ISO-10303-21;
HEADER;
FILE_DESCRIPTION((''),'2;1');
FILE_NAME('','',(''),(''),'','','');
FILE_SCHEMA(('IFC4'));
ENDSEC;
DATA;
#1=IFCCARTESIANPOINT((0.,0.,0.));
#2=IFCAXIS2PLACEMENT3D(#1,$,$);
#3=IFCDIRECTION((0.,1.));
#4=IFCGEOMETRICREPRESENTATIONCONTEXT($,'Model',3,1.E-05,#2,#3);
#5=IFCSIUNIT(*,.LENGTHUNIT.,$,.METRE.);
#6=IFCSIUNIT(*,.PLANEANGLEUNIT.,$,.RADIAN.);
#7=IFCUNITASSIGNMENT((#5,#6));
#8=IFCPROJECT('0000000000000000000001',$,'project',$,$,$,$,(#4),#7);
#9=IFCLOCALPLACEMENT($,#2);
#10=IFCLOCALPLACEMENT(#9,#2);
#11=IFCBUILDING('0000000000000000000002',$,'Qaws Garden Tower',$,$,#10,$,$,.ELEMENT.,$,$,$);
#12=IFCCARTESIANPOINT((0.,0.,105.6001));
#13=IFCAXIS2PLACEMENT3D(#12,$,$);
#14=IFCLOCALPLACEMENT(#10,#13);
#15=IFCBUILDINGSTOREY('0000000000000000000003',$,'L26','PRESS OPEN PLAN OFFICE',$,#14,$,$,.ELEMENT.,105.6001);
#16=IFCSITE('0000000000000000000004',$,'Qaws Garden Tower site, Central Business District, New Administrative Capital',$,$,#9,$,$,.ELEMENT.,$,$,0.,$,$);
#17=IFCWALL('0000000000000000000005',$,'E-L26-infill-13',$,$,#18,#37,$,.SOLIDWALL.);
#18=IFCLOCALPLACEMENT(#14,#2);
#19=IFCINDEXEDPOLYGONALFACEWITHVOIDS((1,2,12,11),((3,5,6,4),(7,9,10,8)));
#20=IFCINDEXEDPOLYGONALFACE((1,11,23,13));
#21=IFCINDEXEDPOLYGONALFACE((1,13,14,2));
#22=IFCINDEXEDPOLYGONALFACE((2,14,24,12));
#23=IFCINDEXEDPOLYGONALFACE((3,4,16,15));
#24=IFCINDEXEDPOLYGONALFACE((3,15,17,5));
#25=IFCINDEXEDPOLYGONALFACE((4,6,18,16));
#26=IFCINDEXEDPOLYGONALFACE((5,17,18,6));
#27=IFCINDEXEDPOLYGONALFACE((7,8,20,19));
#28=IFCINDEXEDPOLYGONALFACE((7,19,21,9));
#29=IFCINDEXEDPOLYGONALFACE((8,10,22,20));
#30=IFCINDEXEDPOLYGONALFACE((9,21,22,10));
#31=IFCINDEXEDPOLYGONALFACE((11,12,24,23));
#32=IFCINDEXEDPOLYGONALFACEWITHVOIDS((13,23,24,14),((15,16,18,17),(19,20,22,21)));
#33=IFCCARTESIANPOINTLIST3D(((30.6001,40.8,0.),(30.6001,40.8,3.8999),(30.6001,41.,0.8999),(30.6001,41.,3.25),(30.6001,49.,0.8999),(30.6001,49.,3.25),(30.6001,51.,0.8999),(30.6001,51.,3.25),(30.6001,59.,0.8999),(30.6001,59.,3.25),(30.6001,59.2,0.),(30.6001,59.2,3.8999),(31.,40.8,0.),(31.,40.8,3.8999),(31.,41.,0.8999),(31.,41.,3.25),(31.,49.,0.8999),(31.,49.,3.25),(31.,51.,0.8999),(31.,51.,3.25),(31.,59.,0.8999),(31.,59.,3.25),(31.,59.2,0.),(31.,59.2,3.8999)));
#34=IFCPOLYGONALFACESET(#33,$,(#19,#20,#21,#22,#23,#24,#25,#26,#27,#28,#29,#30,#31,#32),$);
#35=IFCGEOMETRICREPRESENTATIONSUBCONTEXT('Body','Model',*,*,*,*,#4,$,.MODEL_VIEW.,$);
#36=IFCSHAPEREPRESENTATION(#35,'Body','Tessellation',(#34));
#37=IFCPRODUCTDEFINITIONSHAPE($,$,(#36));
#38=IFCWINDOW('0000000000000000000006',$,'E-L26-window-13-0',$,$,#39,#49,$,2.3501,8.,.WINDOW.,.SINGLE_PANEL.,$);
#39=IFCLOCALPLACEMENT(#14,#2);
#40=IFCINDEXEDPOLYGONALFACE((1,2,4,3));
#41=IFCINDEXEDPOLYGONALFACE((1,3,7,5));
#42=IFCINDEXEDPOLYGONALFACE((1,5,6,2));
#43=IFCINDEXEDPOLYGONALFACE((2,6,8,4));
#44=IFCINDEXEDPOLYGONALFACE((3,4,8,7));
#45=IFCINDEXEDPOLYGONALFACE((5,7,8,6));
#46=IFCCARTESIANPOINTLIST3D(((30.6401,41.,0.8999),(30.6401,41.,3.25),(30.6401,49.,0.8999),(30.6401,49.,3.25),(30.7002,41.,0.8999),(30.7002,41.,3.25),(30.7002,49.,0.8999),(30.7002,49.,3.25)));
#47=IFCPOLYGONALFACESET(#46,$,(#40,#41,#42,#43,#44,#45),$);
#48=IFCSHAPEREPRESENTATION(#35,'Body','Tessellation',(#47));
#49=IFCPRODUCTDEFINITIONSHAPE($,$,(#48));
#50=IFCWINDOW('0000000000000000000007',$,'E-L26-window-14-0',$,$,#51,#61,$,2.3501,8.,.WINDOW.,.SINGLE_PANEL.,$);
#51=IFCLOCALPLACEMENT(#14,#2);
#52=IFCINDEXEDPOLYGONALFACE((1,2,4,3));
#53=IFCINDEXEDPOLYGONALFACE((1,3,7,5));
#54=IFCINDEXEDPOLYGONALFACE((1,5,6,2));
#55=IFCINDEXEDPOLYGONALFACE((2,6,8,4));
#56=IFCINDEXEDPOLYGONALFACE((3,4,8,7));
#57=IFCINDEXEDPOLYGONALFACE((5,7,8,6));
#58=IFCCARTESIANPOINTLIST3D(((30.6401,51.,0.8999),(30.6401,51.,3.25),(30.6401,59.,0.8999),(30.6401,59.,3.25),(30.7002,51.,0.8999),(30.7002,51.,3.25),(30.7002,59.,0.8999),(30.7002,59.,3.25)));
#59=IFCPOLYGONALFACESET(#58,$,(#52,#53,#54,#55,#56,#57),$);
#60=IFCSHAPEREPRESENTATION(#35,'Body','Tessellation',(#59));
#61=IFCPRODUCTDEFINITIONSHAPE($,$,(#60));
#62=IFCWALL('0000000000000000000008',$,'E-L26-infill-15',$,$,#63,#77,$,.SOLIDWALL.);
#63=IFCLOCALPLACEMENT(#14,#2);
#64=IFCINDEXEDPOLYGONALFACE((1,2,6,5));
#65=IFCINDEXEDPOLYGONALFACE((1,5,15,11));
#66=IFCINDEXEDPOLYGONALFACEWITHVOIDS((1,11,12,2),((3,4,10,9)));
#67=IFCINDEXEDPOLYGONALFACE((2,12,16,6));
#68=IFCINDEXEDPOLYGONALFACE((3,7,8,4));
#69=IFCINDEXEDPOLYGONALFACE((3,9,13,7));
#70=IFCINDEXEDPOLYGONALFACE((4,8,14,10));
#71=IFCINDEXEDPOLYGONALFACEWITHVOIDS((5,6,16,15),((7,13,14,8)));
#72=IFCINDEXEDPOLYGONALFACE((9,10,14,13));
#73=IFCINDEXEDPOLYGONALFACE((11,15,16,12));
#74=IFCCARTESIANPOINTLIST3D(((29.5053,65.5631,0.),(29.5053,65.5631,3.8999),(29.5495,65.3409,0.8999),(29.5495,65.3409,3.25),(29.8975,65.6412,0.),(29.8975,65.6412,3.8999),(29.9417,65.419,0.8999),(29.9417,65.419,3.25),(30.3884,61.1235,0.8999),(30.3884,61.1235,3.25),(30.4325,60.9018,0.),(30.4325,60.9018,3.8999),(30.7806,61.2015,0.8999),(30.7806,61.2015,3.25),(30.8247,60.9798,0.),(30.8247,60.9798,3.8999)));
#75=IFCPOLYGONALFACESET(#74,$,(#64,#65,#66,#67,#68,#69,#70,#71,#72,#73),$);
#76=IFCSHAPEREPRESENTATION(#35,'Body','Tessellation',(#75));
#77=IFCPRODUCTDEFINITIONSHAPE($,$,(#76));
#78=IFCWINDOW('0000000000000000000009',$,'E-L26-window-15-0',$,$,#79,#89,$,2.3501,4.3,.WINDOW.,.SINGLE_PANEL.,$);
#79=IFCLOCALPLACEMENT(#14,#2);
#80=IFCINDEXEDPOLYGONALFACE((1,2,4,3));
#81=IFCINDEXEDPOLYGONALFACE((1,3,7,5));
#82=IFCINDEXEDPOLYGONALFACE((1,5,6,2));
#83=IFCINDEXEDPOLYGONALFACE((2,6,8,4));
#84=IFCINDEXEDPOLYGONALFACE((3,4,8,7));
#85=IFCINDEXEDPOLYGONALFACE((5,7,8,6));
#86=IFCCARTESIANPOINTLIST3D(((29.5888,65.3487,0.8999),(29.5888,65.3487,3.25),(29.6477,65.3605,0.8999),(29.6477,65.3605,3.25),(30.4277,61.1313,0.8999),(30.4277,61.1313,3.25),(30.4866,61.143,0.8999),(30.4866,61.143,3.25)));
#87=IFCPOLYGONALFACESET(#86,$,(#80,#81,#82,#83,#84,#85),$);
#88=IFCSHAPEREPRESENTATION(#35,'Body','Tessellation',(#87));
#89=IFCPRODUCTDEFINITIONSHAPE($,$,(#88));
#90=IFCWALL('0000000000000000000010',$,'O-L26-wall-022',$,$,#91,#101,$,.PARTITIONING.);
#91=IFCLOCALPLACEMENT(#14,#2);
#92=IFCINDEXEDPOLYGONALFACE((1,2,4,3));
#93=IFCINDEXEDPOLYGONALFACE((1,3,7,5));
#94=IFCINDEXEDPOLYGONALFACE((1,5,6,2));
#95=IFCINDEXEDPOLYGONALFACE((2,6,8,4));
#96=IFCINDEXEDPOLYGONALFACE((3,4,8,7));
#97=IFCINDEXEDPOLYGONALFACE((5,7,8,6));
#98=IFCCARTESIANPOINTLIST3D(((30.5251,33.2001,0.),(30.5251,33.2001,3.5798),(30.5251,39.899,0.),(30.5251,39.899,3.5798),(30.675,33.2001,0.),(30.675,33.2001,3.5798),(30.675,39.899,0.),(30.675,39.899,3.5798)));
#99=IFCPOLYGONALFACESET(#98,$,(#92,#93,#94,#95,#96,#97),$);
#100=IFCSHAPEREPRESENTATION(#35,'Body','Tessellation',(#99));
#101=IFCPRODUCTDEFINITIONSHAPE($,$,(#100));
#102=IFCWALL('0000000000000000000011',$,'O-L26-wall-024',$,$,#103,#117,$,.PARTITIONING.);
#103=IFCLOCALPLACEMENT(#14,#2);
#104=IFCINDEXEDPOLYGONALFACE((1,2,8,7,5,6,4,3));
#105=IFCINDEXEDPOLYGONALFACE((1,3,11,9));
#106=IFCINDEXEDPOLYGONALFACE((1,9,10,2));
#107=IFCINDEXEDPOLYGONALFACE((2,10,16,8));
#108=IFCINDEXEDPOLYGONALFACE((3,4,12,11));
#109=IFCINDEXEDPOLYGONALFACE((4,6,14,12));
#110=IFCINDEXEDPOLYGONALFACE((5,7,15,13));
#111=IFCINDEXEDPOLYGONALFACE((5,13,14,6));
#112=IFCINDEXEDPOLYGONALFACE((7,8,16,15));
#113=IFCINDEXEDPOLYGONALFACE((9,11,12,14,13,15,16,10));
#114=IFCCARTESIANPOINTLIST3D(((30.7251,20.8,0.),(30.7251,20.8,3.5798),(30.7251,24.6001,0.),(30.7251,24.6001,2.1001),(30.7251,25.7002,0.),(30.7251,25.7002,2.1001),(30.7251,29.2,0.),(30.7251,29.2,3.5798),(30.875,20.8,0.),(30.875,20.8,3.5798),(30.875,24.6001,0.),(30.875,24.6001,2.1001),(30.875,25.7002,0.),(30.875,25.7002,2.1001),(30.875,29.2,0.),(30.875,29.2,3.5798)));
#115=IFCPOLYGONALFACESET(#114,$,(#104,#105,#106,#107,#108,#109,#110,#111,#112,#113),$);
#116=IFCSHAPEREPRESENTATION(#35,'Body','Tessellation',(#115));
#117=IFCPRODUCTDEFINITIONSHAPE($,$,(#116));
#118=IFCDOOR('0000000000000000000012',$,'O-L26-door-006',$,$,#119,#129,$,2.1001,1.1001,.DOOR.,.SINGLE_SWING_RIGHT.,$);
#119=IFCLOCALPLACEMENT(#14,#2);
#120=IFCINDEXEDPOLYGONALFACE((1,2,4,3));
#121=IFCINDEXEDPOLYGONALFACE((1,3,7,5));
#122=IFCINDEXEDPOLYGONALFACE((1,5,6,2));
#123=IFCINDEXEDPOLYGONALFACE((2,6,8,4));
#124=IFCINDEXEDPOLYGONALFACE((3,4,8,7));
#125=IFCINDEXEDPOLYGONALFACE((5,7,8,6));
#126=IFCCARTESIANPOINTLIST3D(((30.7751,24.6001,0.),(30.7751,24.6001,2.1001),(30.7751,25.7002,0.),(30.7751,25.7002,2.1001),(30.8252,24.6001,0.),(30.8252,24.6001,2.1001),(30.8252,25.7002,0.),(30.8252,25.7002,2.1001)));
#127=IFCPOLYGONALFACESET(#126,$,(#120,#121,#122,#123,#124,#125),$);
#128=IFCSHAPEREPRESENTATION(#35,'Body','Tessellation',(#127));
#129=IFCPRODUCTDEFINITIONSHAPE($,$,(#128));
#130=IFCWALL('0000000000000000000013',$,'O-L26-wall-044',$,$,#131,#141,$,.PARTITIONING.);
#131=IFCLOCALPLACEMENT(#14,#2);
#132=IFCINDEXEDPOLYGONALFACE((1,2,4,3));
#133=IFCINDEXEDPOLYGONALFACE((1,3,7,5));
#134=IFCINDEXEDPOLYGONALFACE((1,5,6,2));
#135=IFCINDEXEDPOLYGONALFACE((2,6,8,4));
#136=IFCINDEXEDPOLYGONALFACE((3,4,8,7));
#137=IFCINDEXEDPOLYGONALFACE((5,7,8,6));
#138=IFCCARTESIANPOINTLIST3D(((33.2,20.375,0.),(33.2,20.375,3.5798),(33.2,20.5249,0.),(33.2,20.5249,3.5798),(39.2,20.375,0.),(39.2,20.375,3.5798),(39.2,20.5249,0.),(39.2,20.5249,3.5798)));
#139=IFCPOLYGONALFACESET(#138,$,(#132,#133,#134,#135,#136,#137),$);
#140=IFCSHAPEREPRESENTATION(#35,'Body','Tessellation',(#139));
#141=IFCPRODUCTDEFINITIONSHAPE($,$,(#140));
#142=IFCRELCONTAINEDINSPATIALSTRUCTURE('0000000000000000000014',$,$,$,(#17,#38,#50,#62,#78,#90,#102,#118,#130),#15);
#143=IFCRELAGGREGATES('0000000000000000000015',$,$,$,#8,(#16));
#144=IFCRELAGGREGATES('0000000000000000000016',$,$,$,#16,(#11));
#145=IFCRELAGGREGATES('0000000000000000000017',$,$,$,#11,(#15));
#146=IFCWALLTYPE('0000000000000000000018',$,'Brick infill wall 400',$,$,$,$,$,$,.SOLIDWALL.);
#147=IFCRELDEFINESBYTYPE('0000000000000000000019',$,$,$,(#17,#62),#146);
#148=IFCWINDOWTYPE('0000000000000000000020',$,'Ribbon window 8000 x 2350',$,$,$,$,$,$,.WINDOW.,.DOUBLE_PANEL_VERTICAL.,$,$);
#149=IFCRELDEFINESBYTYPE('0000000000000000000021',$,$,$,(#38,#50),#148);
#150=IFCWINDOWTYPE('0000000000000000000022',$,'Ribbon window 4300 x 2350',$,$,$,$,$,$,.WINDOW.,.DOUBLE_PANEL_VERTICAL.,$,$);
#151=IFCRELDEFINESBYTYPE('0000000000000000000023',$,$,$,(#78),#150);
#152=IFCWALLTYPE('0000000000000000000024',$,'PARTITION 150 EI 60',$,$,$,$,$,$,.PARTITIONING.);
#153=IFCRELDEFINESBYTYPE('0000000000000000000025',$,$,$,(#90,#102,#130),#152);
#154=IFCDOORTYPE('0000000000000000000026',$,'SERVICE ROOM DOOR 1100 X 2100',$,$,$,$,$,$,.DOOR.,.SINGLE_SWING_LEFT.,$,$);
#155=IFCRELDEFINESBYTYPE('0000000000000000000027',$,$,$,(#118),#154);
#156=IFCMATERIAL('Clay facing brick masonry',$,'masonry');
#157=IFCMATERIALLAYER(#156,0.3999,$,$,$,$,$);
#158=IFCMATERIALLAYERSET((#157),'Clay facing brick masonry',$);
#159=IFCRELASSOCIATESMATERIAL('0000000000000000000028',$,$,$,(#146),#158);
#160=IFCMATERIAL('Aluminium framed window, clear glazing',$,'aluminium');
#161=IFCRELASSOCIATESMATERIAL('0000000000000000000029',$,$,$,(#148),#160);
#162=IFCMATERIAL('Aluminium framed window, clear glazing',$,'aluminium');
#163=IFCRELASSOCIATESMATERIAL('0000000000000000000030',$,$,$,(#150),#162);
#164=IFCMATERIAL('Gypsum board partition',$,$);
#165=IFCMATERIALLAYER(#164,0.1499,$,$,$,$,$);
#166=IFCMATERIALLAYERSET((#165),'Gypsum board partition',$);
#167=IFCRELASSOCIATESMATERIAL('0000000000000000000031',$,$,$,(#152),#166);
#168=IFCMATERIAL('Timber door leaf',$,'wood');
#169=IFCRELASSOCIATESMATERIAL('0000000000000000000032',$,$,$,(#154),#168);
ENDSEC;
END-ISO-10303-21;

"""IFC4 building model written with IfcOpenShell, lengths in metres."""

from ifc_helpers import new_model, si_unit, direction, frame, frame_2d, origin, place, context, subcontext, project, spatial, rectangle, extrude, material, layer, layer_set, type_object, element, fill, save


model = new_model("IFC4")

# Units and contexts
model_context = context("Model", 3, precision=1e-05, world=origin(), true_north=direction((0.0, 1.0)))
body_context = subcontext(model_context, "Body", "Model", "MODEL_VIEW")
ifc_project = project(units=[si_unit("LENGTHUNIT", "METRE"), si_unit("PLANEANGLEUNIT", "RADIAN")], contexts=[model_context])

# Site, building, storey
site_placement = place(None, origin())
site = spatial("IfcSite", under=ifc_project, at=site_placement, Name="Qaws Garden Tower site, Central Business District, New Administrative Capital", CompositionType="ELEMENT", RefElevation=0.0)
building_placement = place(site_placement, origin())
building = spatial("IfcBuilding", under=site, at=building_placement, Name="Qaws Garden Tower", CompositionType="ELEMENT")
storey_placement = place(building_placement, frame((0.0, 0.0, 105.6001)))
storey = spatial("IfcBuildingStorey", under=building, at=storey_placement, Name="L26", Description="PRESS OPEN PLAN OFFICE", CompositionType="ELEMENT", Elevation=105.6001)

# Shared definitions
ifc_material_1 = material(Name="Clay facing brick masonry", Category="masonry")
ifc_layer_1 = layer(ifc_material_1, 0.3999)
ifc_layer_set_1 = layer_set([ifc_layer_1], Name="Clay facing brick masonry")
wall_type_1 = type_object("IfcWallType", Name="Brick infill wall 400", PredefinedType="SOLIDWALL", material=ifc_layer_set_1)

# Wall, openings, windows
wall_1_placement = place(storey_placement, frame((30.8, 40.8, 0.0), z_axis=(0.0, 0.0, 1.0), x_axis=(0.0, 1.0, 0.0)))
wall_1 = element("IfcWall", 1, at=wall_1_placement, inside=storey, type_object=wall_type_1, Name="E-L26-infill-13", PredefinedType="SOLIDWALL", context=body_context, shape_type="SweptSolid", body=[
    extrude(rectangle(XDim=18.3999, YDim=0.3999, at=frame_2d((9.2, 0.0))), origin(), (0.0, 0.0, 1.0), 3.8999),
])
opening_1_placement = place(wall_1_placement, frame((0.2, 0.0, 0.8999)))
opening_1 = element("IfcOpeningElement", 2, at=opening_1_placement, cuts=wall_1, PredefinedType="OPENING", context=body_context, shape_type="SweptSolid", body=[
    extrude(rectangle(XDim=8.0, YDim=2.3501, at=frame_2d((4.0, 1.175))), frame((0.0, 0.21, 0.0), z_axis=(0.0, -1.0, 0.0), x_axis=(1.0, 0.0, 0.0)), (0.0, 0.0, 1.0), 0.4199),
])
opening_2_placement = place(wall_1_placement, frame((10.2, 0.0, 0.8999)))
opening_2 = element("IfcOpeningElement", 3, at=opening_2_placement, cuts=wall_1, PredefinedType="OPENING", context=body_context, shape_type="SweptSolid", body=[
    extrude(rectangle(XDim=8.0, YDim=2.3501, at=frame_2d((4.0, 1.175))), frame((0.0, 0.21, 0.0), z_axis=(0.0, -1.0, 0.0), x_axis=(1.0, 0.0, 0.0)), (0.0, 0.0, 1.0), 0.4199),
])
ifc_material_2 = material(Name="Aluminium framed window, clear glazing", Category="aluminium")
window_type_1 = type_object("IfcWindowType", Name="Ribbon window 8000 x 2350", PartitioningType="DOUBLE_PANEL_VERTICAL", PredefinedType="WINDOW", material=ifc_material_2)
window_1_placement = place(opening_1_placement, origin())
window_1 = element("IfcWindow", 4, at=window_1_placement, inside=storey, type_object=window_type_1, Name="E-L26-window-13-0", OverallHeight=2.3501, OverallWidth=8.0, PartitioningType="SINGLE_PANEL", PredefinedType="WINDOW", context=body_context, shape_type="SweptSolid", body=[
    extrude(rectangle(XDim=8.0, YDim=2.3501, at=frame_2d((4.0, 1.175))), frame((0.0, 0.1599, 0.0), z_axis=(0.0, -1.0, 0.0), x_axis=(1.0, 0.0, 0.0)), (0.0, 0.0, 1.0), 0.0601),
])
fill(opening_1, window_1)
window_2_placement = place(opening_2_placement, origin())
window_2 = element("IfcWindow", 5, at=window_2_placement, inside=storey, type_object=window_type_1, Name="E-L26-window-14-0", OverallHeight=2.3501, OverallWidth=8.0, PartitioningType="SINGLE_PANEL", PredefinedType="WINDOW", context=body_context, shape_type="SweptSolid", body=[
    extrude(rectangle(XDim=8.0, YDim=2.3501, at=frame_2d((4.0, 1.175))), frame((0.0, 0.1599, 0.0), z_axis=(0.0, -1.0, 0.0), x_axis=(1.0, 0.0, 0.0)), (0.0, 0.0, 1.0), 0.0601),
])
fill(opening_2, window_2)

# Wall, opening, window
wall_2_placement = place(storey_placement, frame((30.6287, 60.9407, 0.0), z_axis=(0.0, 0.0, 1.0), x_axis=(-0.195099, 0.980784, 0.0)))
wall_2 = element("IfcWall", 6, at=wall_2_placement, inside=storey, type_object=wall_type_1, Name="E-L26-infill-15", PredefinedType="SOLIDWALL", context=body_context, shape_type="SweptSolid", body=[
    extrude(rectangle(XDim=4.7527, YDim=0.3999, at=frame_2d((2.3765, 0.0))), origin(), (0.0, 0.0, 1.0), 3.8999),
])
opening_3_placement = place(wall_2_placement, frame((0.2263, 0.0, 0.8999)))
opening_3 = element("IfcOpeningElement", 7, at=opening_3_placement, cuts=wall_2, PredefinedType="OPENING", context=body_context, shape_type="SweptSolid", body=[
    extrude(rectangle(XDim=4.3, YDim=2.3501, at=frame_2d((2.1499, 1.175))), frame((0.0, 0.21, 0.0), z_axis=(0.0, -1.0, 0.0), x_axis=(1.0, 0.0, 0.0)), (0.0, 0.0, 1.0), 0.4199),
])
ifc_material_3 = material(Name="Aluminium framed window, clear glazing", Category="aluminium")
window_type_2 = type_object("IfcWindowType", Name="Ribbon window 4300 x 2350", PartitioningType="DOUBLE_PANEL_VERTICAL", PredefinedType="WINDOW", material=ifc_material_3)
window_3_placement = place(opening_3_placement, origin())
window_3 = element("IfcWindow", 8, at=window_3_placement, inside=storey, type_object=window_type_2, Name="E-L26-window-15-0", OverallHeight=2.3501, OverallWidth=4.3, PartitioningType="SINGLE_PANEL", PredefinedType="WINDOW", context=body_context, shape_type="SweptSolid", body=[
    extrude(rectangle(XDim=4.3, YDim=2.3501, at=frame_2d((2.1499, 1.175))), frame((0.0, 0.1599, 0.0), z_axis=(0.0, -1.0, 0.0), x_axis=(1.0, 0.0, 0.0)), (0.0, 0.0, 1.0), 0.0601),
])
fill(opening_3, window_3)

# Wall
ifc_material_4 = material(Name="Gypsum board partition")
ifc_layer_2 = layer(ifc_material_4, 0.1499)
ifc_layer_set_2 = layer_set([ifc_layer_2], Name="Gypsum board partition")
wall_type_2 = type_object("IfcWallType", Name="PARTITION 150 EI 60", PredefinedType="PARTITIONING", material=ifc_layer_set_2)
wall_3_placement = place(storey_placement, frame((30.6001, 33.2, 0.0), z_axis=(0.0, 0.0, 1.0), x_axis=(0.0, 1.0, 0.0)))
element("IfcWall", 9, at=wall_3_placement, inside=storey, type_object=wall_type_2, Name="O-L26-wall-022", PredefinedType="PARTITIONING", context=body_context, shape_type="SweptSolid", body=[
    extrude(rectangle(XDim=6.699, YDim=0.1499, at=frame_2d((3.3496, 0.0))), origin(), (0.0, 0.0, 1.0), 3.5798),
])

# Wall, opening, door
wall_4_placement = place(storey_placement, frame((30.8, 20.8, 0.0), z_axis=(0.0, 0.0, 1.0), x_axis=(0.0, 1.0, 0.0)))
wall_4 = element("IfcWall", 10, at=wall_4_placement, inside=storey, type_object=wall_type_2, Name="O-L26-wall-024", PredefinedType="PARTITIONING", context=body_context, shape_type="SweptSolid", body=[
    extrude(rectangle(XDim=8.3999, YDim=0.1499, at=frame_2d((4.2, 0.0))), origin(), (0.0, 0.0, 1.0), 3.5798),
])
opening_4_placement = place(wall_4_placement, frame((3.8, 0.0, 0.0)))
opening_4 = element("IfcOpeningElement", 11, at=opening_4_placement, cuts=wall_4, PredefinedType="OPENING", context=body_context, shape_type="SweptSolid", body=[
    extrude(rectangle(XDim=1.1001, YDim=2.1001, at=frame_2d((0.55, 1.05))), frame((0.0, 0.085, 0.0), z_axis=(0.0, -1.0, 0.0), x_axis=(1.0, 0.0, 0.0)), (0.0, 0.0, 1.0), 0.1699),
])
ifc_material_5 = material(Name="Timber door leaf", Category="wood")
door_type = type_object("IfcDoorType", Name="SERVICE ROOM DOOR 1100 X 2100", OperationType="SINGLE_SWING_LEFT", PredefinedType="DOOR", material=ifc_material_5)
door_placement = place(opening_4_placement, origin())
door = element("IfcDoor", 12, at=door_placement, inside=storey, type_object=door_type, Name="O-L26-door-006", OperationType="SINGLE_SWING_RIGHT", OverallHeight=2.1001, OverallWidth=1.1001, PredefinedType="DOOR", context=body_context, shape_type="SweptSolid", body=[
    extrude(rectangle(XDim=1.1001, YDim=2.1001, at=frame_2d((0.55, 1.05))), frame((0.0, 0.0249, 0.0), z_axis=(0.0, -1.0, 0.0), x_axis=(1.0, 0.0, 0.0)), (0.0, 0.0, 1.0), 0.05),
])
fill(opening_4, door)

# Wall
wall_5_placement = place(storey_placement, frame((33.2, 20.45, 0.0), z_axis=(0.0, 0.0, 1.0), x_axis=(1.0, 0.0, 0.0)))
element("IfcWall", 13, at=wall_5_placement, inside=storey, type_object=wall_type_2, Name="O-L26-wall-044", PredefinedType="PARTITIONING", context=body_context, shape_type="SweptSolid", body=[
    extrude(rectangle(XDim=6.0, YDim=0.1499, at=frame_2d((3.0, 0.0))), origin(), (0.0, 0.0, 1.0), 3.5798),
])

save(model, "model.ifc")
